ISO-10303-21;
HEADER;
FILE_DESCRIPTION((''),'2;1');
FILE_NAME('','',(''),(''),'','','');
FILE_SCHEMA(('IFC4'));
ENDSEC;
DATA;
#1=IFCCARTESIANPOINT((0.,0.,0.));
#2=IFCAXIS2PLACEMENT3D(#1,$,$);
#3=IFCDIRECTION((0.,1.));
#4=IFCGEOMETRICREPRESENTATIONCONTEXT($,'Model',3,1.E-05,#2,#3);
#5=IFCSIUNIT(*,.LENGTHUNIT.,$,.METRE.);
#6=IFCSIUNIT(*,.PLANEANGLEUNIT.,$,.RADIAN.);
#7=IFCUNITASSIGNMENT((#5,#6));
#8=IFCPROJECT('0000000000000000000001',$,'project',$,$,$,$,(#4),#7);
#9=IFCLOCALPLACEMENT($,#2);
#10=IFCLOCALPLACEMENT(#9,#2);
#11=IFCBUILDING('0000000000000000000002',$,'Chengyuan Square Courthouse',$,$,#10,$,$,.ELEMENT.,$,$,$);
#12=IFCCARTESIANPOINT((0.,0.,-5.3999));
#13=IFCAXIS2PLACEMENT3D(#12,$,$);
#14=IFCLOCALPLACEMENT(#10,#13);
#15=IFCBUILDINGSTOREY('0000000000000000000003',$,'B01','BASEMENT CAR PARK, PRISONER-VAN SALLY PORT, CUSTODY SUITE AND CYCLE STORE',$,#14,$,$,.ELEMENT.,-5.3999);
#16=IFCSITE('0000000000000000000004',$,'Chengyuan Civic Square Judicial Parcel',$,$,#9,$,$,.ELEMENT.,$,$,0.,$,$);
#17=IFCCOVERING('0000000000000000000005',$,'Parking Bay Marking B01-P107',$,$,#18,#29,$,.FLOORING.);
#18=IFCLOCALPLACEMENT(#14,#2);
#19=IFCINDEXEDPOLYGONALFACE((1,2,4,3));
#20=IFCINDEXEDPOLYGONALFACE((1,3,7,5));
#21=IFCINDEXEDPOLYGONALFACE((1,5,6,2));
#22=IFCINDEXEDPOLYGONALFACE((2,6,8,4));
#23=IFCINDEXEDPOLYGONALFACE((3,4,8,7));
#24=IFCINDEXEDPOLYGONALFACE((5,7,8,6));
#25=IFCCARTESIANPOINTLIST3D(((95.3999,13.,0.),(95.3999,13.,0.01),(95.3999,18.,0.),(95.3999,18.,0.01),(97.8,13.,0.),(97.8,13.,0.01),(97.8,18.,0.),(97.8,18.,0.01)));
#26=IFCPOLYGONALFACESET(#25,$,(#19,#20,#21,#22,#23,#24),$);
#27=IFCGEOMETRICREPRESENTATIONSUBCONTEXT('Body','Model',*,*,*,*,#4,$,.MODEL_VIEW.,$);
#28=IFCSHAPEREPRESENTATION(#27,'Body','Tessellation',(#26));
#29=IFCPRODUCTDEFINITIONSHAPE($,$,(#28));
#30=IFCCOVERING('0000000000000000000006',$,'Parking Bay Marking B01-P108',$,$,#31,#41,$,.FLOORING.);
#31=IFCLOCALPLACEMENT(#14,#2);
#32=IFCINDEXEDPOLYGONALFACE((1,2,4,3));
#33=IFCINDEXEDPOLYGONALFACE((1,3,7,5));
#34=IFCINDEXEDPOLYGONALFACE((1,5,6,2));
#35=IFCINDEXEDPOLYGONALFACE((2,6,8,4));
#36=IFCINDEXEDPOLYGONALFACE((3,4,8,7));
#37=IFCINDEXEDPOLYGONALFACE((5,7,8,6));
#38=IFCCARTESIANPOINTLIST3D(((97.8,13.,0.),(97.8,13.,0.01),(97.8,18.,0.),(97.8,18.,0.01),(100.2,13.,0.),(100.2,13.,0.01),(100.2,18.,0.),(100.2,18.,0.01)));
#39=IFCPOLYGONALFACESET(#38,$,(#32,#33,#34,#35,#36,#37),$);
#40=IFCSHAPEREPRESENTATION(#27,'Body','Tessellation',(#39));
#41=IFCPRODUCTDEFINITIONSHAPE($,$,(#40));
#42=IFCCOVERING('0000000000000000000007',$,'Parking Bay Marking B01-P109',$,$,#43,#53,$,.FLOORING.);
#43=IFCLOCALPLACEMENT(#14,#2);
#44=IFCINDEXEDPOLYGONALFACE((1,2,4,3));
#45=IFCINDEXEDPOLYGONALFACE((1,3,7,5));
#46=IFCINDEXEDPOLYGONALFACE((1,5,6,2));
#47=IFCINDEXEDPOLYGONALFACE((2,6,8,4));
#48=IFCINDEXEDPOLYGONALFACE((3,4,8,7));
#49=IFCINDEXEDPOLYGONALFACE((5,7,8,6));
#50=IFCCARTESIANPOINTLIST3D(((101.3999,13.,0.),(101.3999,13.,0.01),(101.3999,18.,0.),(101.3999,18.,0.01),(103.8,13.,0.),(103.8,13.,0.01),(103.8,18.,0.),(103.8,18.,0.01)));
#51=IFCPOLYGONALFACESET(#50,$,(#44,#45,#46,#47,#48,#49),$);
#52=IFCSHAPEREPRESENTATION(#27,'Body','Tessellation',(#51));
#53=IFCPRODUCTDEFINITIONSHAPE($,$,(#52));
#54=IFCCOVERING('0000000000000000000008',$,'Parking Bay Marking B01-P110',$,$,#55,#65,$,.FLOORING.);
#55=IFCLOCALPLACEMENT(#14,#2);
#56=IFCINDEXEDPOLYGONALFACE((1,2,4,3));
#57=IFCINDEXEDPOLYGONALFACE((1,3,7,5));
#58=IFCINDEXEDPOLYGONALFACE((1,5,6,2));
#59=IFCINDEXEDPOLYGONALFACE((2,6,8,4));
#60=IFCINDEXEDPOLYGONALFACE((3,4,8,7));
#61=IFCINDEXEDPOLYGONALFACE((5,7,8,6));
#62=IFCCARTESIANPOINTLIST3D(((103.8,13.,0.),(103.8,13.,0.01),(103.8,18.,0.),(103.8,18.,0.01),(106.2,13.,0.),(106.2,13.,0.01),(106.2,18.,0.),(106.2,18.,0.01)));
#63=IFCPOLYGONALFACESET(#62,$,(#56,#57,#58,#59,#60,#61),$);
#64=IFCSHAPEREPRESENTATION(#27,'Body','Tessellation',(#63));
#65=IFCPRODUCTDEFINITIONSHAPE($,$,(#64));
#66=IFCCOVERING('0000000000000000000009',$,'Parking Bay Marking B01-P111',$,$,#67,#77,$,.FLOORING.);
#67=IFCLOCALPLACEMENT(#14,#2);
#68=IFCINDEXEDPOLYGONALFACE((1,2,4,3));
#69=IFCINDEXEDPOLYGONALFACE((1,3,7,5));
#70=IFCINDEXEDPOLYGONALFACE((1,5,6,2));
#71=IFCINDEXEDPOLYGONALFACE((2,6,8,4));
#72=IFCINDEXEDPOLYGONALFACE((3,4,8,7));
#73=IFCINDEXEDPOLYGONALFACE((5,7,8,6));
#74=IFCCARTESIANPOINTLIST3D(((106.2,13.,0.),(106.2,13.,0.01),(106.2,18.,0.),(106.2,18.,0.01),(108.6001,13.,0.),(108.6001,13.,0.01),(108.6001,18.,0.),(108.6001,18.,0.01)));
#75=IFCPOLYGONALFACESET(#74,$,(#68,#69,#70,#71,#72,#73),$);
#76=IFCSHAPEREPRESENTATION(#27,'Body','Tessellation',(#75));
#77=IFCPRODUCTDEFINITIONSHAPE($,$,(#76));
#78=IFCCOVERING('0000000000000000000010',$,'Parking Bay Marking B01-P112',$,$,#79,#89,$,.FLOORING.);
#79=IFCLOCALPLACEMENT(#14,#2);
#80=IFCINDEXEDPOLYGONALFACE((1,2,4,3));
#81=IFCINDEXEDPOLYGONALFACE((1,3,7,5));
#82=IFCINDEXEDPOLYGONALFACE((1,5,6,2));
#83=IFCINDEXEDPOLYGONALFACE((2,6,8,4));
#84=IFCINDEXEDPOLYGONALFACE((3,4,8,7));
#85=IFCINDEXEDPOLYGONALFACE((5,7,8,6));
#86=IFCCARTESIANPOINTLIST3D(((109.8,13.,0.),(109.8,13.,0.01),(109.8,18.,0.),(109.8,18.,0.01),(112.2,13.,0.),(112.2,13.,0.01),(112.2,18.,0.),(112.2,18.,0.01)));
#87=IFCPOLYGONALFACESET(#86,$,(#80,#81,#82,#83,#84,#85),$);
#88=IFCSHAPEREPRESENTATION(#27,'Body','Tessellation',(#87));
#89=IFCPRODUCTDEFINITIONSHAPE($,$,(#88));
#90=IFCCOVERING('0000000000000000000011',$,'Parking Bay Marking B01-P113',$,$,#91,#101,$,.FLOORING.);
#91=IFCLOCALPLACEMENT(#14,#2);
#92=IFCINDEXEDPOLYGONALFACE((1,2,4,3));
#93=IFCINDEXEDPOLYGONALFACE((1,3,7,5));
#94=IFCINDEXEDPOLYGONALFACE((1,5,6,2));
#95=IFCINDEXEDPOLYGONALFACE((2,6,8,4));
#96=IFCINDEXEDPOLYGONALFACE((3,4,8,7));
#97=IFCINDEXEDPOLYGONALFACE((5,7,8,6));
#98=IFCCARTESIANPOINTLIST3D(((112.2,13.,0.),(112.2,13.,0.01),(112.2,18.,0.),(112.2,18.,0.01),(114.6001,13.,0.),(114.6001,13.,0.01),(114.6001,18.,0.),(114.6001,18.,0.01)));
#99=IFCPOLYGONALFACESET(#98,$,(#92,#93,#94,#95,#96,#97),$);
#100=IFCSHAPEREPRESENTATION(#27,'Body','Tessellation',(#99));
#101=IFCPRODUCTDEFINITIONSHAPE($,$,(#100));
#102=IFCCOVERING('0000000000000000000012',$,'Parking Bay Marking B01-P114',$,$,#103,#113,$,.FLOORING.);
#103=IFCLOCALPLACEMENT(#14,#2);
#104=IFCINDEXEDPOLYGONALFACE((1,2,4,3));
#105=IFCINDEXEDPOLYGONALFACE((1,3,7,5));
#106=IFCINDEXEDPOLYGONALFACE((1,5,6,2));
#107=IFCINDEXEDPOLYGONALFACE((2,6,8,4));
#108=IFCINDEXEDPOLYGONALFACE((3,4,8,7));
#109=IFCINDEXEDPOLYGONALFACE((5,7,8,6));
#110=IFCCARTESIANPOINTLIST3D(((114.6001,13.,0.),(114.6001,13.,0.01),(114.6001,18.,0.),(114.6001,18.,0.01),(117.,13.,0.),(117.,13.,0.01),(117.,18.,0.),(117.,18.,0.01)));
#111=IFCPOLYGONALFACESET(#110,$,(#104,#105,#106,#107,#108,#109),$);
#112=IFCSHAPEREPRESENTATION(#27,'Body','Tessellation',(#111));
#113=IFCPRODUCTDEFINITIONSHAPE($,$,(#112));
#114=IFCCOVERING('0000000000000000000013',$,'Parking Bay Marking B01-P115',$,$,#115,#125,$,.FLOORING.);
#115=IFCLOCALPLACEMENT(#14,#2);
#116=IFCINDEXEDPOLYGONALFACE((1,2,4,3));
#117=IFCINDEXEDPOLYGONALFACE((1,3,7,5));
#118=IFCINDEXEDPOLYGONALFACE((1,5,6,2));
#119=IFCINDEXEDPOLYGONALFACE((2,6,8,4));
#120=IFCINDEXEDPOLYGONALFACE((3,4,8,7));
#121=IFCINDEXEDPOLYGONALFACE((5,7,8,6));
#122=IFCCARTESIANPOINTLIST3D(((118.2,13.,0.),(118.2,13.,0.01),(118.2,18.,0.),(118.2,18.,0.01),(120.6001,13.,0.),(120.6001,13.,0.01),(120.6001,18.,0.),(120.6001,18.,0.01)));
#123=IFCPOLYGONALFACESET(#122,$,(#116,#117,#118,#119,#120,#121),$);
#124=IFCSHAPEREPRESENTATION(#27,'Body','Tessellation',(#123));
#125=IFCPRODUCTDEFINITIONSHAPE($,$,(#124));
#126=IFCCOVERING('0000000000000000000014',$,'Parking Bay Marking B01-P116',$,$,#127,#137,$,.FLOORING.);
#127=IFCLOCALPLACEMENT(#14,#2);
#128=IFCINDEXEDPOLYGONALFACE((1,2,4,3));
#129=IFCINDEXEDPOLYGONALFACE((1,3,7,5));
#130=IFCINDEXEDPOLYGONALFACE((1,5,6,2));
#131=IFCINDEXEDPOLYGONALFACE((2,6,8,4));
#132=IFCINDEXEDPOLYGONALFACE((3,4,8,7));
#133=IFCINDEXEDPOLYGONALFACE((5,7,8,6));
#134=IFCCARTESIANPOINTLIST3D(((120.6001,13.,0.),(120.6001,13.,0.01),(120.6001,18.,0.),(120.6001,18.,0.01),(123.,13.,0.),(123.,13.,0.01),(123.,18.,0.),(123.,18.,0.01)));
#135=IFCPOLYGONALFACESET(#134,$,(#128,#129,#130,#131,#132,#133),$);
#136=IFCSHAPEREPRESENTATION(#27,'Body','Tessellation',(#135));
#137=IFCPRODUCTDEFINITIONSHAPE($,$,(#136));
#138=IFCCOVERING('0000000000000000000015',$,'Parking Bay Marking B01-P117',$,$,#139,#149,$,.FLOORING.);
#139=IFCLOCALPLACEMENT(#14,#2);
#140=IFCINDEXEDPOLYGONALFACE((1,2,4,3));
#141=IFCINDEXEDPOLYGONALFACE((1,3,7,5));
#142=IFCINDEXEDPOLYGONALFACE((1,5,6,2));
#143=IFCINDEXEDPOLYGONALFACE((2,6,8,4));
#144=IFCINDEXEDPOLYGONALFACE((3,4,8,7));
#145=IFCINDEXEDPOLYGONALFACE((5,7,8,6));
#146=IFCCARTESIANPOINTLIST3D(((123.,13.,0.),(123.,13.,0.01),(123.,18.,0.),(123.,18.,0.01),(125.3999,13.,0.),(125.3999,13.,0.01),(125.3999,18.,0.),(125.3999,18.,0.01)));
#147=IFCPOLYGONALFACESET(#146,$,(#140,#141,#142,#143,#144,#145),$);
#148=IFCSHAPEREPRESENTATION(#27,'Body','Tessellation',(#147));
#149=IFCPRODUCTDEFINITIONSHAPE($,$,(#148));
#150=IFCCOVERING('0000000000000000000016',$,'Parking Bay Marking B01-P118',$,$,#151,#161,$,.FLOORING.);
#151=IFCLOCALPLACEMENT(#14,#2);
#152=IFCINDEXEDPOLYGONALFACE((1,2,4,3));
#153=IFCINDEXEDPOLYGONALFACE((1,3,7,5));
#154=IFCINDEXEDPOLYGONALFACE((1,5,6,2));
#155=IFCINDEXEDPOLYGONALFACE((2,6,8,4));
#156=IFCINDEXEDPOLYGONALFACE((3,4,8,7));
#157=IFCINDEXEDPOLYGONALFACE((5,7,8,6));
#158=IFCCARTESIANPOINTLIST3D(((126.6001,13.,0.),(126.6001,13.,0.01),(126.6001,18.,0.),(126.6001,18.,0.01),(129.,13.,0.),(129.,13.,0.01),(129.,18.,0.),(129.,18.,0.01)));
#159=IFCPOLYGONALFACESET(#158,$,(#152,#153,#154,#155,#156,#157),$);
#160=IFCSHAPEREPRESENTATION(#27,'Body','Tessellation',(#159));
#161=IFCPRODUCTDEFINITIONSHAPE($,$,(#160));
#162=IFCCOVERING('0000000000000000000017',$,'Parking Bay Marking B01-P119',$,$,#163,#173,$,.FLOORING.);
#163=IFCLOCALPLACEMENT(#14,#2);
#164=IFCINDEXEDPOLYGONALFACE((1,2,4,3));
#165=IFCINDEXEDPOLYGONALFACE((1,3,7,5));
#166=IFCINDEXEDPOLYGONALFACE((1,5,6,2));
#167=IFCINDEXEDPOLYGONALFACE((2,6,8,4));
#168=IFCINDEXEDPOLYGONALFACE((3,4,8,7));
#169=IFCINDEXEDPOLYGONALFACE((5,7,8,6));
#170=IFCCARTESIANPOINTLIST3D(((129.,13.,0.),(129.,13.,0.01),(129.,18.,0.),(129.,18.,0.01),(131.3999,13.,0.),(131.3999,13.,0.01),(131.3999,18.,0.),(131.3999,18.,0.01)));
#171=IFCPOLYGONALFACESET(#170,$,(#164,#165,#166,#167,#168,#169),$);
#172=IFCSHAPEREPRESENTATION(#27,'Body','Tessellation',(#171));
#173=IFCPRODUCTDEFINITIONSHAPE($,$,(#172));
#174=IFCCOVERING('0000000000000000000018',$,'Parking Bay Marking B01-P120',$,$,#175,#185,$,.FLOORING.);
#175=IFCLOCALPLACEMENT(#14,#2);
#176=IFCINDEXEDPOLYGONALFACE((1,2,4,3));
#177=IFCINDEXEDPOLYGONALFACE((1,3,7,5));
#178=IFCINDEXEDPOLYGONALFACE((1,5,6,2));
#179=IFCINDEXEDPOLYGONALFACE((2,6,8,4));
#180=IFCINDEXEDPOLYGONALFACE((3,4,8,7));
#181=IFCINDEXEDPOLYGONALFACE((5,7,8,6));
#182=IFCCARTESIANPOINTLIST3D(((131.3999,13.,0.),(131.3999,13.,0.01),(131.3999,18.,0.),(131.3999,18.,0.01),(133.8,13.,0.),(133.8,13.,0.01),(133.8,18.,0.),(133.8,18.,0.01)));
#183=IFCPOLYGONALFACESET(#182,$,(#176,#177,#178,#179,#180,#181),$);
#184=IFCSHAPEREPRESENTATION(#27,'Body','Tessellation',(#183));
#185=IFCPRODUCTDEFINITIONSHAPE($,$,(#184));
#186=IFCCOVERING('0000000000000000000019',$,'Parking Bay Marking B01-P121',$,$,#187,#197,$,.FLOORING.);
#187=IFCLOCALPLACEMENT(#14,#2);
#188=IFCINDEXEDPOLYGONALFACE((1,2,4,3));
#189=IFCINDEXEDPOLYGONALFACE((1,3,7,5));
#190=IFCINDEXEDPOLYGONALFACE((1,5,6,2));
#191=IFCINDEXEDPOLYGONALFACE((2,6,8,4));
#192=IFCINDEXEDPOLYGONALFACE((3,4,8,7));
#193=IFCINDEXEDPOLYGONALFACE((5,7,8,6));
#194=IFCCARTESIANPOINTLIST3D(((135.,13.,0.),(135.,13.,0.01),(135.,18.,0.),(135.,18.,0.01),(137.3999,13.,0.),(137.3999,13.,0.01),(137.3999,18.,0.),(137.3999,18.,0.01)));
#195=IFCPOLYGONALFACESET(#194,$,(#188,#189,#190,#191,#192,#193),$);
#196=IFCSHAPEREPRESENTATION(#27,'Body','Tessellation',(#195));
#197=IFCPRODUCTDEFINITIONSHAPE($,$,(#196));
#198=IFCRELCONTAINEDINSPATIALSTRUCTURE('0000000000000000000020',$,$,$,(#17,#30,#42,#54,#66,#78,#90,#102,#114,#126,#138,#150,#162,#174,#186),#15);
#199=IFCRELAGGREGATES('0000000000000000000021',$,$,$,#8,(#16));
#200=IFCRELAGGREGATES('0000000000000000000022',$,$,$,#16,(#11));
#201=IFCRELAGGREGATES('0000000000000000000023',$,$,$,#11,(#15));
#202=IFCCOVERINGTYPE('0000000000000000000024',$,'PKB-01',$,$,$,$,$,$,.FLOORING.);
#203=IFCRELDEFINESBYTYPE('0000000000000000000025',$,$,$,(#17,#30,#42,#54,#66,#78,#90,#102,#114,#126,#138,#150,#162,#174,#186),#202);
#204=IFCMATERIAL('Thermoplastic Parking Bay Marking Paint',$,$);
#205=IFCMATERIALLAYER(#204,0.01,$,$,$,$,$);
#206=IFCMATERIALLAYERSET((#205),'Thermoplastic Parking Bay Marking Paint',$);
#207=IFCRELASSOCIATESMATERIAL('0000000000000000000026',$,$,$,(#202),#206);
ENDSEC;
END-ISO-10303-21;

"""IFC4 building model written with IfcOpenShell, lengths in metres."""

from ifc_helpers import new_model, si_unit, direction, frame, origin, place, context, subcontext, project, spatial, polyline, outline, extrude, material, layer, layer_set, type_object, element, save


model = new_model("IFC4")

# Units and contexts
model_context = context("Model", 3, precision=1e-05, world=origin(), true_north=direction((0.0, 1.0)))
body_context = subcontext(model_context, "Body", "Model", "MODEL_VIEW")
ifc_project = project(units=[si_unit("LENGTHUNIT", "METRE"), si_unit("PLANEANGLEUNIT", "RADIAN")], contexts=[model_context])

# Site, building, storey
site_placement = place(None, origin())
site = spatial("IfcSite", under=ifc_project, at=site_placement, Name="Chengyuan Civic Square Judicial Parcel", CompositionType="ELEMENT", RefElevation=0.0)
building_placement = place(site_placement, origin())
building = spatial("IfcBuilding", under=site, at=building_placement, Name="Chengyuan Square Courthouse", CompositionType="ELEMENT")
storey_placement = place(building_placement, frame((0.0, 0.0, -5.3999)))
storey = spatial("IfcBuildingStorey", under=building, at=storey_placement, Name="B01", Description="BASEMENT CAR PARK, PRISONER-VAN SALLY PORT, CUSTODY SUITE AND CYCLE STORE", CompositionType="ELEMENT", Elevation=-5.3999)

# Coverings
ifc_material_1 = material(Name="Thermoplastic Parking Bay Marking Paint")
ifc_layer_1 = layer(ifc_material_1, 0.01)
ifc_layer_set_1 = layer_set([ifc_layer_1], Name="Thermoplastic Parking Bay Marking Paint")
covering_type_1 = type_object("IfcCoveringType", Name="PKB-01", PredefinedType="FLOORING", material=ifc_layer_set_1)
covering_1_placement = place(storey_placement, origin())
element("IfcCovering", 1, at=covering_1_placement, inside=storey, type_object=covering_type_1, Name="Parking Bay Marking B01-P107", PredefinedType="FLOORING", context=body_context, shape_type="SweptSolid", body=[
    extrude(outline(polyline([(95.3999, 13.0), (97.8, 13.0), (97.8, 18.0), (95.3999, 18.0), (95.3999, 13.0)])), origin(), (0.0, 0.0, 1.0), 0.01),
])
covering_2_placement = place(storey_placement, origin())
element("IfcCovering", 2, at=covering_2_placement, inside=storey, type_object=covering_type_1, Name="Parking Bay Marking B01-P108", PredefinedType="FLOORING", context=body_context, shape_type="SweptSolid", body=[
    extrude(outline(polyline([(97.8, 13.0), (100.2, 13.0), (100.2, 18.0), (97.8, 18.0), (97.8, 13.0)])), origin(), (0.0, 0.0, 1.0), 0.01),
])
covering_3_placement = place(storey_placement, origin())
element("IfcCovering", 3, at=covering_3_placement, inside=storey, type_object=covering_type_1, Name="Parking Bay Marking B01-P109", PredefinedType="FLOORING", context=body_context, shape_type="SweptSolid", body=[
    extrude(outline(polyline([(101.3999, 13.0), (103.8, 13.0), (103.8, 18.0), (101.3999, 18.0), (101.3999, 13.0)])), origin(), (0.0, 0.0, 1.0), 0.01),
])
covering_4_placement = place(storey_placement, origin())
element("IfcCovering", 4, at=covering_4_placement, inside=storey, type_object=covering_type_1, Name="Parking Bay Marking B01-P110", PredefinedType="FLOORING", context=body_context, shape_type="SweptSolid", body=[
    extrude(outline(polyline([(103.8, 13.0), (106.2, 13.0), (106.2, 18.0), (103.8, 18.0), (103.8, 13.0)])), origin(), (0.0, 0.0, 1.0), 0.01),
])
covering_5_placement = place(storey_placement, origin())
element("IfcCovering", 5, at=covering_5_placement, inside=storey, type_object=covering_type_1, Name="Parking Bay Marking B01-P111", PredefinedType="FLOORING", context=body_context, shape_type="SweptSolid", body=[
    extrude(outline(polyline([(106.2, 13.0), (108.6001, 13.0), (108.6001, 18.0), (106.2, 18.0), (106.2, 13.0)])), origin(), (0.0, 0.0, 1.0), 0.01),
])
covering_6_placement = place(storey_placement, origin())
element("IfcCovering", 6, at=covering_6_placement, inside=storey, type_object=covering_type_1, Name="Parking Bay Marking B01-P112", PredefinedType="FLOORING", context=body_context, shape_type="SweptSolid", body=[
    extrude(outline(polyline([(109.8, 13.0), (112.2, 13.0), (112.2, 18.0), (109.8, 18.0), (109.8, 13.0)])), origin(), (0.0, 0.0, 1.0), 0.01),
])
covering_7_placement = place(storey_placement, origin())
element("IfcCovering", 7, at=covering_7_placement, inside=storey, type_object=covering_type_1, Name="Parking Bay Marking B01-P113", PredefinedType="FLOORING", context=body_context, shape_type="SweptSolid", body=[
    extrude(outline(polyline([(112.2, 13.0), (114.6001, 13.0), (114.6001, 18.0), (112.2, 18.0), (112.2, 13.0)])), origin(), (0.0, 0.0, 1.0), 0.01),
])
covering_8_placement = place(storey_placement, origin())
element("IfcCovering", 8, at=covering_8_placement, inside=storey, type_object=covering_type_1, Name="Parking Bay Marking B01-P114", PredefinedType="FLOORING", context=body_context, shape_type="SweptSolid", body=[
    extrude(outline(polyline([(114.6001, 13.0), (117.0, 13.0), (117.0, 18.0), (114.6001, 18.0), (114.6001, 13.0)])), origin(), (0.0, 0.0, 1.0), 0.01),
])
covering_9_placement = place(storey_placement, origin())
element("IfcCovering", 9, at=covering_9_placement, inside=storey, type_object=covering_type_1, Name="Parking Bay Marking B01-P115", PredefinedType="FLOORING", context=body_context, shape_type="SweptSolid", body=[
    extrude(outline(polyline([(118.2, 13.0), (120.6001, 13.0), (120.6001, 18.0), (118.2, 18.0), (118.2, 13.0)])), origin(), (0.0, 0.0, 1.0), 0.01),
])
covering_10_placement = place(storey_placement, origin())
element("IfcCovering", 10, at=covering_10_placement, inside=storey, type_object=covering_type_1, Name="Parking Bay Marking B01-P116", PredefinedType="FLOORING", context=body_context, shape_type="SweptSolid", body=[
    extrude(outline(polyline([(120.6001, 13.0), (123.0, 13.0), (123.0, 18.0), (120.6001, 18.0), (120.6001, 13.0)])), origin(), (0.0, 0.0, 1.0), 0.01),
])
covering_11_placement = place(storey_placement, origin())
element("IfcCovering", 11, at=covering_11_placement, inside=storey, type_object=covering_type_1, Name="Parking Bay Marking B01-P117", PredefinedType="FLOORING", context=body_context, shape_type="SweptSolid", body=[
    extrude(outline(polyline([(123.0, 13.0), (125.3999, 13.0), (125.3999, 18.0), (123.0, 18.0), (123.0, 13.0)])), origin(), (0.0, 0.0, 1.0), 0.01),
])
covering_12_placement = place(storey_placement, origin())
element("IfcCovering", 12, at=covering_12_placement, inside=storey, type_object=covering_type_1, Name="Parking Bay Marking B01-P118", PredefinedType="FLOORING", context=body_context, shape_type="SweptSolid", body=[
    extrude(outline(polyline([(126.6001, 13.0), (129.0, 13.0), (129.0, 18.0), (126.6001, 18.0), (126.6001, 13.0)])), origin(), (0.0, 0.0, 1.0), 0.01),
])
covering_13_placement = place(storey_placement, origin())
element("IfcCovering", 13, at=covering_13_placement, inside=storey, type_object=covering_type_1, Name="Parking Bay Marking B01-P119", PredefinedType="FLOORING", context=body_context, shape_type="SweptSolid", body=[
    extrude(outline(polyline([(129.0, 13.0), (131.3999, 13.0), (131.3999, 18.0), (129.0, 18.0), (129.0, 13.0)])), origin(), (0.0, 0.0, 1.0), 0.01),
])
covering_14_placement = place(storey_placement, origin())
element("IfcCovering", 14, at=covering_14_placement, inside=storey, type_object=covering_type_1, Name="Parking Bay Marking B01-P120", PredefinedType="FLOORING", context=body_context, shape_type="SweptSolid", body=[
    extrude(outline(polyline([(131.3999, 13.0), (133.8, 13.0), (133.8, 18.0), (131.3999, 18.0), (131.3999, 13.0)])), origin(), (0.0, 0.0, 1.0), 0.01),
])
covering_15_placement = place(storey_placement, origin())
element("IfcCovering", 15, at=covering_15_placement, inside=storey, type_object=covering_type_1, Name="Parking Bay Marking B01-P121", PredefinedType="FLOORING", context=body_context, shape_type="SweptSolid", body=[
    extrude(outline(polyline([(135.0, 13.0), (137.3999, 13.0), (137.3999, 18.0), (135.0, 18.0), (135.0, 13.0)])), origin(), (0.0, 0.0, 1.0), 0.01),
])

save(model, "model.ifc")
